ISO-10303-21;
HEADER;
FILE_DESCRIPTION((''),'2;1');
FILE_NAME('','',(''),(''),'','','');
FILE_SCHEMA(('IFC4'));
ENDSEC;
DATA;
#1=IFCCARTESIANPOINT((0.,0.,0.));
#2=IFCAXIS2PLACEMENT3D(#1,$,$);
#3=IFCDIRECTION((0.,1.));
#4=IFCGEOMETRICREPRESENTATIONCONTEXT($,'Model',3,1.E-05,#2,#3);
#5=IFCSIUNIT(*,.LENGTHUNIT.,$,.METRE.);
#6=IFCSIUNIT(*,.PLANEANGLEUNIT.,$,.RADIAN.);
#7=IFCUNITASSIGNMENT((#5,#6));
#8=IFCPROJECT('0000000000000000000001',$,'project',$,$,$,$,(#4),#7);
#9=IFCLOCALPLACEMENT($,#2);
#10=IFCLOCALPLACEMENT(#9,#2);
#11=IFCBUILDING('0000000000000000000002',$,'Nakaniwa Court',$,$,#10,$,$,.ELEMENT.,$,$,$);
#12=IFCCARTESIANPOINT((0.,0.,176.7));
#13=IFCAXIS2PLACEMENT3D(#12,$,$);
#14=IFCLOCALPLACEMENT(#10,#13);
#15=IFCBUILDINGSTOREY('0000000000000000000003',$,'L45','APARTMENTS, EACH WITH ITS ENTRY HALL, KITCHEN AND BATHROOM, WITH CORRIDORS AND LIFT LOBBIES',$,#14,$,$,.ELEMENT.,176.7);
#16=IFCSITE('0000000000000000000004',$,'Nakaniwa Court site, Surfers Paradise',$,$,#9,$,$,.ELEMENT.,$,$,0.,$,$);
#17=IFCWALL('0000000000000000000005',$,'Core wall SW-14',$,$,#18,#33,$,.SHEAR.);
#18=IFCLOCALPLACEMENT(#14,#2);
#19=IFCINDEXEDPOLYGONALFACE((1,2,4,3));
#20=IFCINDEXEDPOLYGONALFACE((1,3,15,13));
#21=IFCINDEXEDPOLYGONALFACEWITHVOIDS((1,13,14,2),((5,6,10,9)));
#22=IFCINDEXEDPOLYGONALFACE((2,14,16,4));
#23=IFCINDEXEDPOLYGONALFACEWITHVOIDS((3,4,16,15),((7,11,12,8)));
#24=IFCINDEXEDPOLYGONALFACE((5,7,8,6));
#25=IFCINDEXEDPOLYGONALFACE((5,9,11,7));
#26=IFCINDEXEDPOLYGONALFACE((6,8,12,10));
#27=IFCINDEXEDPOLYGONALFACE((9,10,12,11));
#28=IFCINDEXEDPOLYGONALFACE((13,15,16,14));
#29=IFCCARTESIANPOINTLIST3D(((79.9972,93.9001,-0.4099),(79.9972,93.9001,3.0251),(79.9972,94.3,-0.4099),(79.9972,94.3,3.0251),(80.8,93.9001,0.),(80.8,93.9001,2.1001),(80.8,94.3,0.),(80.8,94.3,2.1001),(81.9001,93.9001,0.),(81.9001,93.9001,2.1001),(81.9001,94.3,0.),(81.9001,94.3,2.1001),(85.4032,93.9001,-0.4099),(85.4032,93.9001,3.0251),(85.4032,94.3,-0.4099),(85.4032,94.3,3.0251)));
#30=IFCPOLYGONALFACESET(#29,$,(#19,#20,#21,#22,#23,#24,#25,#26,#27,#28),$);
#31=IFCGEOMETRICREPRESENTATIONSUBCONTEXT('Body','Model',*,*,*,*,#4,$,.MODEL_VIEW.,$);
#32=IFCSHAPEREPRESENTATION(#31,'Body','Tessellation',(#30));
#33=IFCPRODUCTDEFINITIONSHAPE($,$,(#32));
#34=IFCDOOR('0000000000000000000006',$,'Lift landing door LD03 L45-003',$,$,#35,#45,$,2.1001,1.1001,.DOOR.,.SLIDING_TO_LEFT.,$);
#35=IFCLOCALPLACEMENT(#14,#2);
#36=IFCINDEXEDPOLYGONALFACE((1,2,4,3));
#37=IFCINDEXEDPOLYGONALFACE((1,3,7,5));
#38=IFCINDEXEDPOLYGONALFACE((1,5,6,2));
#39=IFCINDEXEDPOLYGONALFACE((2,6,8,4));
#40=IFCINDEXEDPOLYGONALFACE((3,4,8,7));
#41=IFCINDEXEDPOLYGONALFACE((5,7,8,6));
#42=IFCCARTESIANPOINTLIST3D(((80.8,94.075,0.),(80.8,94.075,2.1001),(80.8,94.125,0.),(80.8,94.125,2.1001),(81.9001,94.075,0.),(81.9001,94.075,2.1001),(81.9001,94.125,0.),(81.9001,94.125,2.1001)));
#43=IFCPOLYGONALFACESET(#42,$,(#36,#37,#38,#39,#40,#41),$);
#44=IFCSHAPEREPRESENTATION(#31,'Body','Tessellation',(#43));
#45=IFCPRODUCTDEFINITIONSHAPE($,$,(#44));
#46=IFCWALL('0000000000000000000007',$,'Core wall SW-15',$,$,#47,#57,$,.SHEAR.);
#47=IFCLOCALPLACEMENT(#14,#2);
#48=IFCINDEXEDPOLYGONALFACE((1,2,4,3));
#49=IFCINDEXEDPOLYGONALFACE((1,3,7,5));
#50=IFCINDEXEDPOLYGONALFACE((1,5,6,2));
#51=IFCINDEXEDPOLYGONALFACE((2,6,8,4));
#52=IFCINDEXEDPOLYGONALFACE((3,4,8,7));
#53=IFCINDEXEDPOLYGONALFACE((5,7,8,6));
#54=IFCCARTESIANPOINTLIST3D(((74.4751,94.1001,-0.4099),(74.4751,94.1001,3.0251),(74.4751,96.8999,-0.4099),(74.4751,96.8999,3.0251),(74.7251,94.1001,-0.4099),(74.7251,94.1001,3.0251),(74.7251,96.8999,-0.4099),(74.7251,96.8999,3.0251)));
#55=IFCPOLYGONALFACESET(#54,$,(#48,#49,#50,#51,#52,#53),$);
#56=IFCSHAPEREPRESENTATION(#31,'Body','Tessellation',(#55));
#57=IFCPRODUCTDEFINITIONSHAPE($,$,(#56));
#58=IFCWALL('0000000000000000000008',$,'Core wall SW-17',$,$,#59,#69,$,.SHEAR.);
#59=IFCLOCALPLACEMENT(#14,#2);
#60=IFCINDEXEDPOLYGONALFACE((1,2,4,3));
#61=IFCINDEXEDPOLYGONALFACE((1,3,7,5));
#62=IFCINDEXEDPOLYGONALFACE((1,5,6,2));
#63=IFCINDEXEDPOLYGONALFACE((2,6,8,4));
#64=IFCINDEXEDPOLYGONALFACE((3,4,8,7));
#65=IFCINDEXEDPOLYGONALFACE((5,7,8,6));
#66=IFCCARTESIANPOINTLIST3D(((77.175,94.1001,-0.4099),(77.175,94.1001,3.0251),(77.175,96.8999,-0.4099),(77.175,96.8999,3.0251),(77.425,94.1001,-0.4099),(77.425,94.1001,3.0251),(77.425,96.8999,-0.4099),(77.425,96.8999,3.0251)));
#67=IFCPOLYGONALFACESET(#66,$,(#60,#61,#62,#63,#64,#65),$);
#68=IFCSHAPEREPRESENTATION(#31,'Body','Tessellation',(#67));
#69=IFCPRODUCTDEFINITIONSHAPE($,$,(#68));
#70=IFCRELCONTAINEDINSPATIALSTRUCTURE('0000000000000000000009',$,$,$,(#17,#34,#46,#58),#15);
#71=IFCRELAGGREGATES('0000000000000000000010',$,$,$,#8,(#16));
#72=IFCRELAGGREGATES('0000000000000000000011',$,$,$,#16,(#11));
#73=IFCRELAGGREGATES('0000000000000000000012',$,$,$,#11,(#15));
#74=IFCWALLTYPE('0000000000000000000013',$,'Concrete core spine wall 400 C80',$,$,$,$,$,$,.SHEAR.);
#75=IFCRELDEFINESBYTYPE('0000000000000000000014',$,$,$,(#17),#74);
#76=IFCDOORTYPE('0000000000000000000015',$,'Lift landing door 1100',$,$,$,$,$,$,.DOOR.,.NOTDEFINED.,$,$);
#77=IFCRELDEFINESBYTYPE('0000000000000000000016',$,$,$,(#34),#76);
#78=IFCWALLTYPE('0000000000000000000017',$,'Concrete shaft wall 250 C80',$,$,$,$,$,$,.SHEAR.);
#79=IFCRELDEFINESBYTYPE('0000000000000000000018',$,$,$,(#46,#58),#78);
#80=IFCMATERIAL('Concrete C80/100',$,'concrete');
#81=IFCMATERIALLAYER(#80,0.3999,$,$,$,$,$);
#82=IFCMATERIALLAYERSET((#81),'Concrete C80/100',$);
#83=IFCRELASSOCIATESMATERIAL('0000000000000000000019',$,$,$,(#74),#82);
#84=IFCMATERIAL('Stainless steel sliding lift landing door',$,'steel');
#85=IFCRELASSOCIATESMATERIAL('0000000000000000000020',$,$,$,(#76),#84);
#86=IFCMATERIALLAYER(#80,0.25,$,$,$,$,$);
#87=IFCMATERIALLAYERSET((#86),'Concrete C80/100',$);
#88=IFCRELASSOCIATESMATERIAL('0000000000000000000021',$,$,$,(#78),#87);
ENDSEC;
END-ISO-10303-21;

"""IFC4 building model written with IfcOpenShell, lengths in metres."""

from ifc_helpers import new_model, si_unit, direction, frame, frame_2d, origin, place, context, subcontext, project, spatial, rectangle, extrude, material, layer, layer_set, type_object, element, fill, save


model = new_model("IFC4")

# Units and contexts
model_context = context("Model", 3, precision=1e-05, world=origin(), true_north=direction((0.0, 1.0)))
body_context = subcontext(model_context, "Body", "Model", "MODEL_VIEW")
ifc_project = project(units=[si_unit("LENGTHUNIT", "METRE"), si_unit("PLANEANGLEUNIT", "RADIAN")], contexts=[model_context])

# Site, building, storey
site_placement = place(None, origin())
site = spatial("IfcSite", under=ifc_project, at=site_placement, Name="Nakaniwa Court site, Surfers Paradise", CompositionType="ELEMENT", RefElevation=0.0)
building_placement = place(site_placement, origin())
building = spatial("IfcBuilding", under=site, at=building_placement, Name="Nakaniwa Court", CompositionType="ELEMENT")
storey_placement = place(building_placement, frame((0.0, 0.0, 176.7)))
storey = spatial("IfcBuildingStorey", under=building, at=storey_placement, Name="L45", Description="APARTMENTS, EACH WITH ITS ENTRY HALL, KITCHEN AND BATHROOM, WITH CORRIDORS AND LIFT LOBBIES", CompositionType="ELEMENT", Elevation=176.7)

# Shared definitions
ifc_material_1 = material(Name="Concrete C80/100", Category="concrete")

# Wall, opening, door
ifc_layer_1 = layer(ifc_material_1, 0.3999)
ifc_layer_set_1 = layer_set([ifc_layer_1], Name="Concrete C80/100")
wall_type_1 = type_object("IfcWallType", Name="Concrete core spine wall 400 C80", PredefinedType="SHEAR", material=ifc_layer_set_1)
ifc_material_2 = material(Name="Stainless steel sliding lift landing door", Category="steel")
door_type_1 = type_object("IfcDoorType", Name="Lift landing door 1100", OperationType="NOTDEFINED", PredefinedType="DOOR", material=ifc_material_2)
wall_1_placement = place(storey_placement, frame((79.9971, 94.1001, -0.4099), z_axis=(0.0, 0.0, 1.0), x_axis=(1.0, 0.0, 0.0)))
wall_1 = element("IfcWall", 1, at=wall_1_placement, inside=storey, type_object=wall_type_1, Name="Core wall SW-14", PredefinedType="SHEAR", context=body_context, shape_type="SweptSolid", body=[
    extrude(rectangle(XDim=5.406, YDim=0.3999, at=frame_2d((2.7031, 0.0))), origin(), (0.0, 0.0, 1.0), 3.4351),
])
opening_1_placement = place(wall_1_placement, frame((0.803, 0.0, 0.4099)))
opening_1 = element("IfcOpeningElement", 2, at=opening_1_placement, cuts=wall_1, PredefinedType="OPENING", context=body_context, shape_type="SweptSolid", body=[
    extrude(rectangle(XDim=1.1001, YDim=2.1001, at=frame_2d((0.55, 1.05))), frame((0.0, 0.21, 0.0), z_axis=(0.0, -1.0, 0.0), x_axis=(1.0, 0.0, 0.0)), (0.0, 0.0, 1.0), 0.4199),
])
door_1_placement = place(opening_1_placement, origin())
door_1 = element("IfcDoor", 3, at=door_1_placement, inside=storey, type_object=door_type_1, Name="Lift landing door LD03 L45-003", OperationType="SLIDING_TO_LEFT", OverallHeight=2.1001, OverallWidth=1.1001, PredefinedType="DOOR", context=body_context, shape_type="SweptSolid", body=[
    extrude(rectangle(XDim=1.1001, YDim=2.1001, at=frame_2d((0.55, 1.05))), frame((0.0, 0.0249, 0.0), z_axis=(0.0, -1.0, 0.0), x_axis=(1.0, 0.0, 0.0)), (0.0, 0.0, 1.0), 0.05),
])
fill(opening_1, door_1)

# Walls
ifc_layer_2 = layer(ifc_material_1, 0.25)
ifc_layer_set_2 = layer_set([ifc_layer_2], Name="Concrete C80/100")
wall_type_2 = type_object("IfcWallType", Name="Concrete shaft wall 250 C80", PredefinedType="SHEAR", material=ifc_layer_set_2)
for number, where, z_axis, x_axis, name in (
    (4, (74.6001, 94.1001, -0.4099), (0.0, 0.0, 1.0), (0.0, 1.0, 0.0), "Core wall SW-15"),
    (5, (77.3, 94.1001, -0.4099), (0.0, 0.0, 1.0), (0.0, 1.0, 0.0), "Core wall SW-17"),
):
    element("IfcWall", number, at=place(storey_placement, frame(where, z_axis=z_axis, x_axis=x_axis)), inside=storey, type_object=wall_type_2, Name=name, PredefinedType="SHEAR", context=body_context, shape_type="SweptSolid", body=[
        extrude(rectangle(XDim=2.7998, YDim=0.25, at=frame_2d((1.3999, 0.0))), origin(), (0.0, 0.0, 1.0), 3.4351),
    ])

save(model, "model.ifc")
